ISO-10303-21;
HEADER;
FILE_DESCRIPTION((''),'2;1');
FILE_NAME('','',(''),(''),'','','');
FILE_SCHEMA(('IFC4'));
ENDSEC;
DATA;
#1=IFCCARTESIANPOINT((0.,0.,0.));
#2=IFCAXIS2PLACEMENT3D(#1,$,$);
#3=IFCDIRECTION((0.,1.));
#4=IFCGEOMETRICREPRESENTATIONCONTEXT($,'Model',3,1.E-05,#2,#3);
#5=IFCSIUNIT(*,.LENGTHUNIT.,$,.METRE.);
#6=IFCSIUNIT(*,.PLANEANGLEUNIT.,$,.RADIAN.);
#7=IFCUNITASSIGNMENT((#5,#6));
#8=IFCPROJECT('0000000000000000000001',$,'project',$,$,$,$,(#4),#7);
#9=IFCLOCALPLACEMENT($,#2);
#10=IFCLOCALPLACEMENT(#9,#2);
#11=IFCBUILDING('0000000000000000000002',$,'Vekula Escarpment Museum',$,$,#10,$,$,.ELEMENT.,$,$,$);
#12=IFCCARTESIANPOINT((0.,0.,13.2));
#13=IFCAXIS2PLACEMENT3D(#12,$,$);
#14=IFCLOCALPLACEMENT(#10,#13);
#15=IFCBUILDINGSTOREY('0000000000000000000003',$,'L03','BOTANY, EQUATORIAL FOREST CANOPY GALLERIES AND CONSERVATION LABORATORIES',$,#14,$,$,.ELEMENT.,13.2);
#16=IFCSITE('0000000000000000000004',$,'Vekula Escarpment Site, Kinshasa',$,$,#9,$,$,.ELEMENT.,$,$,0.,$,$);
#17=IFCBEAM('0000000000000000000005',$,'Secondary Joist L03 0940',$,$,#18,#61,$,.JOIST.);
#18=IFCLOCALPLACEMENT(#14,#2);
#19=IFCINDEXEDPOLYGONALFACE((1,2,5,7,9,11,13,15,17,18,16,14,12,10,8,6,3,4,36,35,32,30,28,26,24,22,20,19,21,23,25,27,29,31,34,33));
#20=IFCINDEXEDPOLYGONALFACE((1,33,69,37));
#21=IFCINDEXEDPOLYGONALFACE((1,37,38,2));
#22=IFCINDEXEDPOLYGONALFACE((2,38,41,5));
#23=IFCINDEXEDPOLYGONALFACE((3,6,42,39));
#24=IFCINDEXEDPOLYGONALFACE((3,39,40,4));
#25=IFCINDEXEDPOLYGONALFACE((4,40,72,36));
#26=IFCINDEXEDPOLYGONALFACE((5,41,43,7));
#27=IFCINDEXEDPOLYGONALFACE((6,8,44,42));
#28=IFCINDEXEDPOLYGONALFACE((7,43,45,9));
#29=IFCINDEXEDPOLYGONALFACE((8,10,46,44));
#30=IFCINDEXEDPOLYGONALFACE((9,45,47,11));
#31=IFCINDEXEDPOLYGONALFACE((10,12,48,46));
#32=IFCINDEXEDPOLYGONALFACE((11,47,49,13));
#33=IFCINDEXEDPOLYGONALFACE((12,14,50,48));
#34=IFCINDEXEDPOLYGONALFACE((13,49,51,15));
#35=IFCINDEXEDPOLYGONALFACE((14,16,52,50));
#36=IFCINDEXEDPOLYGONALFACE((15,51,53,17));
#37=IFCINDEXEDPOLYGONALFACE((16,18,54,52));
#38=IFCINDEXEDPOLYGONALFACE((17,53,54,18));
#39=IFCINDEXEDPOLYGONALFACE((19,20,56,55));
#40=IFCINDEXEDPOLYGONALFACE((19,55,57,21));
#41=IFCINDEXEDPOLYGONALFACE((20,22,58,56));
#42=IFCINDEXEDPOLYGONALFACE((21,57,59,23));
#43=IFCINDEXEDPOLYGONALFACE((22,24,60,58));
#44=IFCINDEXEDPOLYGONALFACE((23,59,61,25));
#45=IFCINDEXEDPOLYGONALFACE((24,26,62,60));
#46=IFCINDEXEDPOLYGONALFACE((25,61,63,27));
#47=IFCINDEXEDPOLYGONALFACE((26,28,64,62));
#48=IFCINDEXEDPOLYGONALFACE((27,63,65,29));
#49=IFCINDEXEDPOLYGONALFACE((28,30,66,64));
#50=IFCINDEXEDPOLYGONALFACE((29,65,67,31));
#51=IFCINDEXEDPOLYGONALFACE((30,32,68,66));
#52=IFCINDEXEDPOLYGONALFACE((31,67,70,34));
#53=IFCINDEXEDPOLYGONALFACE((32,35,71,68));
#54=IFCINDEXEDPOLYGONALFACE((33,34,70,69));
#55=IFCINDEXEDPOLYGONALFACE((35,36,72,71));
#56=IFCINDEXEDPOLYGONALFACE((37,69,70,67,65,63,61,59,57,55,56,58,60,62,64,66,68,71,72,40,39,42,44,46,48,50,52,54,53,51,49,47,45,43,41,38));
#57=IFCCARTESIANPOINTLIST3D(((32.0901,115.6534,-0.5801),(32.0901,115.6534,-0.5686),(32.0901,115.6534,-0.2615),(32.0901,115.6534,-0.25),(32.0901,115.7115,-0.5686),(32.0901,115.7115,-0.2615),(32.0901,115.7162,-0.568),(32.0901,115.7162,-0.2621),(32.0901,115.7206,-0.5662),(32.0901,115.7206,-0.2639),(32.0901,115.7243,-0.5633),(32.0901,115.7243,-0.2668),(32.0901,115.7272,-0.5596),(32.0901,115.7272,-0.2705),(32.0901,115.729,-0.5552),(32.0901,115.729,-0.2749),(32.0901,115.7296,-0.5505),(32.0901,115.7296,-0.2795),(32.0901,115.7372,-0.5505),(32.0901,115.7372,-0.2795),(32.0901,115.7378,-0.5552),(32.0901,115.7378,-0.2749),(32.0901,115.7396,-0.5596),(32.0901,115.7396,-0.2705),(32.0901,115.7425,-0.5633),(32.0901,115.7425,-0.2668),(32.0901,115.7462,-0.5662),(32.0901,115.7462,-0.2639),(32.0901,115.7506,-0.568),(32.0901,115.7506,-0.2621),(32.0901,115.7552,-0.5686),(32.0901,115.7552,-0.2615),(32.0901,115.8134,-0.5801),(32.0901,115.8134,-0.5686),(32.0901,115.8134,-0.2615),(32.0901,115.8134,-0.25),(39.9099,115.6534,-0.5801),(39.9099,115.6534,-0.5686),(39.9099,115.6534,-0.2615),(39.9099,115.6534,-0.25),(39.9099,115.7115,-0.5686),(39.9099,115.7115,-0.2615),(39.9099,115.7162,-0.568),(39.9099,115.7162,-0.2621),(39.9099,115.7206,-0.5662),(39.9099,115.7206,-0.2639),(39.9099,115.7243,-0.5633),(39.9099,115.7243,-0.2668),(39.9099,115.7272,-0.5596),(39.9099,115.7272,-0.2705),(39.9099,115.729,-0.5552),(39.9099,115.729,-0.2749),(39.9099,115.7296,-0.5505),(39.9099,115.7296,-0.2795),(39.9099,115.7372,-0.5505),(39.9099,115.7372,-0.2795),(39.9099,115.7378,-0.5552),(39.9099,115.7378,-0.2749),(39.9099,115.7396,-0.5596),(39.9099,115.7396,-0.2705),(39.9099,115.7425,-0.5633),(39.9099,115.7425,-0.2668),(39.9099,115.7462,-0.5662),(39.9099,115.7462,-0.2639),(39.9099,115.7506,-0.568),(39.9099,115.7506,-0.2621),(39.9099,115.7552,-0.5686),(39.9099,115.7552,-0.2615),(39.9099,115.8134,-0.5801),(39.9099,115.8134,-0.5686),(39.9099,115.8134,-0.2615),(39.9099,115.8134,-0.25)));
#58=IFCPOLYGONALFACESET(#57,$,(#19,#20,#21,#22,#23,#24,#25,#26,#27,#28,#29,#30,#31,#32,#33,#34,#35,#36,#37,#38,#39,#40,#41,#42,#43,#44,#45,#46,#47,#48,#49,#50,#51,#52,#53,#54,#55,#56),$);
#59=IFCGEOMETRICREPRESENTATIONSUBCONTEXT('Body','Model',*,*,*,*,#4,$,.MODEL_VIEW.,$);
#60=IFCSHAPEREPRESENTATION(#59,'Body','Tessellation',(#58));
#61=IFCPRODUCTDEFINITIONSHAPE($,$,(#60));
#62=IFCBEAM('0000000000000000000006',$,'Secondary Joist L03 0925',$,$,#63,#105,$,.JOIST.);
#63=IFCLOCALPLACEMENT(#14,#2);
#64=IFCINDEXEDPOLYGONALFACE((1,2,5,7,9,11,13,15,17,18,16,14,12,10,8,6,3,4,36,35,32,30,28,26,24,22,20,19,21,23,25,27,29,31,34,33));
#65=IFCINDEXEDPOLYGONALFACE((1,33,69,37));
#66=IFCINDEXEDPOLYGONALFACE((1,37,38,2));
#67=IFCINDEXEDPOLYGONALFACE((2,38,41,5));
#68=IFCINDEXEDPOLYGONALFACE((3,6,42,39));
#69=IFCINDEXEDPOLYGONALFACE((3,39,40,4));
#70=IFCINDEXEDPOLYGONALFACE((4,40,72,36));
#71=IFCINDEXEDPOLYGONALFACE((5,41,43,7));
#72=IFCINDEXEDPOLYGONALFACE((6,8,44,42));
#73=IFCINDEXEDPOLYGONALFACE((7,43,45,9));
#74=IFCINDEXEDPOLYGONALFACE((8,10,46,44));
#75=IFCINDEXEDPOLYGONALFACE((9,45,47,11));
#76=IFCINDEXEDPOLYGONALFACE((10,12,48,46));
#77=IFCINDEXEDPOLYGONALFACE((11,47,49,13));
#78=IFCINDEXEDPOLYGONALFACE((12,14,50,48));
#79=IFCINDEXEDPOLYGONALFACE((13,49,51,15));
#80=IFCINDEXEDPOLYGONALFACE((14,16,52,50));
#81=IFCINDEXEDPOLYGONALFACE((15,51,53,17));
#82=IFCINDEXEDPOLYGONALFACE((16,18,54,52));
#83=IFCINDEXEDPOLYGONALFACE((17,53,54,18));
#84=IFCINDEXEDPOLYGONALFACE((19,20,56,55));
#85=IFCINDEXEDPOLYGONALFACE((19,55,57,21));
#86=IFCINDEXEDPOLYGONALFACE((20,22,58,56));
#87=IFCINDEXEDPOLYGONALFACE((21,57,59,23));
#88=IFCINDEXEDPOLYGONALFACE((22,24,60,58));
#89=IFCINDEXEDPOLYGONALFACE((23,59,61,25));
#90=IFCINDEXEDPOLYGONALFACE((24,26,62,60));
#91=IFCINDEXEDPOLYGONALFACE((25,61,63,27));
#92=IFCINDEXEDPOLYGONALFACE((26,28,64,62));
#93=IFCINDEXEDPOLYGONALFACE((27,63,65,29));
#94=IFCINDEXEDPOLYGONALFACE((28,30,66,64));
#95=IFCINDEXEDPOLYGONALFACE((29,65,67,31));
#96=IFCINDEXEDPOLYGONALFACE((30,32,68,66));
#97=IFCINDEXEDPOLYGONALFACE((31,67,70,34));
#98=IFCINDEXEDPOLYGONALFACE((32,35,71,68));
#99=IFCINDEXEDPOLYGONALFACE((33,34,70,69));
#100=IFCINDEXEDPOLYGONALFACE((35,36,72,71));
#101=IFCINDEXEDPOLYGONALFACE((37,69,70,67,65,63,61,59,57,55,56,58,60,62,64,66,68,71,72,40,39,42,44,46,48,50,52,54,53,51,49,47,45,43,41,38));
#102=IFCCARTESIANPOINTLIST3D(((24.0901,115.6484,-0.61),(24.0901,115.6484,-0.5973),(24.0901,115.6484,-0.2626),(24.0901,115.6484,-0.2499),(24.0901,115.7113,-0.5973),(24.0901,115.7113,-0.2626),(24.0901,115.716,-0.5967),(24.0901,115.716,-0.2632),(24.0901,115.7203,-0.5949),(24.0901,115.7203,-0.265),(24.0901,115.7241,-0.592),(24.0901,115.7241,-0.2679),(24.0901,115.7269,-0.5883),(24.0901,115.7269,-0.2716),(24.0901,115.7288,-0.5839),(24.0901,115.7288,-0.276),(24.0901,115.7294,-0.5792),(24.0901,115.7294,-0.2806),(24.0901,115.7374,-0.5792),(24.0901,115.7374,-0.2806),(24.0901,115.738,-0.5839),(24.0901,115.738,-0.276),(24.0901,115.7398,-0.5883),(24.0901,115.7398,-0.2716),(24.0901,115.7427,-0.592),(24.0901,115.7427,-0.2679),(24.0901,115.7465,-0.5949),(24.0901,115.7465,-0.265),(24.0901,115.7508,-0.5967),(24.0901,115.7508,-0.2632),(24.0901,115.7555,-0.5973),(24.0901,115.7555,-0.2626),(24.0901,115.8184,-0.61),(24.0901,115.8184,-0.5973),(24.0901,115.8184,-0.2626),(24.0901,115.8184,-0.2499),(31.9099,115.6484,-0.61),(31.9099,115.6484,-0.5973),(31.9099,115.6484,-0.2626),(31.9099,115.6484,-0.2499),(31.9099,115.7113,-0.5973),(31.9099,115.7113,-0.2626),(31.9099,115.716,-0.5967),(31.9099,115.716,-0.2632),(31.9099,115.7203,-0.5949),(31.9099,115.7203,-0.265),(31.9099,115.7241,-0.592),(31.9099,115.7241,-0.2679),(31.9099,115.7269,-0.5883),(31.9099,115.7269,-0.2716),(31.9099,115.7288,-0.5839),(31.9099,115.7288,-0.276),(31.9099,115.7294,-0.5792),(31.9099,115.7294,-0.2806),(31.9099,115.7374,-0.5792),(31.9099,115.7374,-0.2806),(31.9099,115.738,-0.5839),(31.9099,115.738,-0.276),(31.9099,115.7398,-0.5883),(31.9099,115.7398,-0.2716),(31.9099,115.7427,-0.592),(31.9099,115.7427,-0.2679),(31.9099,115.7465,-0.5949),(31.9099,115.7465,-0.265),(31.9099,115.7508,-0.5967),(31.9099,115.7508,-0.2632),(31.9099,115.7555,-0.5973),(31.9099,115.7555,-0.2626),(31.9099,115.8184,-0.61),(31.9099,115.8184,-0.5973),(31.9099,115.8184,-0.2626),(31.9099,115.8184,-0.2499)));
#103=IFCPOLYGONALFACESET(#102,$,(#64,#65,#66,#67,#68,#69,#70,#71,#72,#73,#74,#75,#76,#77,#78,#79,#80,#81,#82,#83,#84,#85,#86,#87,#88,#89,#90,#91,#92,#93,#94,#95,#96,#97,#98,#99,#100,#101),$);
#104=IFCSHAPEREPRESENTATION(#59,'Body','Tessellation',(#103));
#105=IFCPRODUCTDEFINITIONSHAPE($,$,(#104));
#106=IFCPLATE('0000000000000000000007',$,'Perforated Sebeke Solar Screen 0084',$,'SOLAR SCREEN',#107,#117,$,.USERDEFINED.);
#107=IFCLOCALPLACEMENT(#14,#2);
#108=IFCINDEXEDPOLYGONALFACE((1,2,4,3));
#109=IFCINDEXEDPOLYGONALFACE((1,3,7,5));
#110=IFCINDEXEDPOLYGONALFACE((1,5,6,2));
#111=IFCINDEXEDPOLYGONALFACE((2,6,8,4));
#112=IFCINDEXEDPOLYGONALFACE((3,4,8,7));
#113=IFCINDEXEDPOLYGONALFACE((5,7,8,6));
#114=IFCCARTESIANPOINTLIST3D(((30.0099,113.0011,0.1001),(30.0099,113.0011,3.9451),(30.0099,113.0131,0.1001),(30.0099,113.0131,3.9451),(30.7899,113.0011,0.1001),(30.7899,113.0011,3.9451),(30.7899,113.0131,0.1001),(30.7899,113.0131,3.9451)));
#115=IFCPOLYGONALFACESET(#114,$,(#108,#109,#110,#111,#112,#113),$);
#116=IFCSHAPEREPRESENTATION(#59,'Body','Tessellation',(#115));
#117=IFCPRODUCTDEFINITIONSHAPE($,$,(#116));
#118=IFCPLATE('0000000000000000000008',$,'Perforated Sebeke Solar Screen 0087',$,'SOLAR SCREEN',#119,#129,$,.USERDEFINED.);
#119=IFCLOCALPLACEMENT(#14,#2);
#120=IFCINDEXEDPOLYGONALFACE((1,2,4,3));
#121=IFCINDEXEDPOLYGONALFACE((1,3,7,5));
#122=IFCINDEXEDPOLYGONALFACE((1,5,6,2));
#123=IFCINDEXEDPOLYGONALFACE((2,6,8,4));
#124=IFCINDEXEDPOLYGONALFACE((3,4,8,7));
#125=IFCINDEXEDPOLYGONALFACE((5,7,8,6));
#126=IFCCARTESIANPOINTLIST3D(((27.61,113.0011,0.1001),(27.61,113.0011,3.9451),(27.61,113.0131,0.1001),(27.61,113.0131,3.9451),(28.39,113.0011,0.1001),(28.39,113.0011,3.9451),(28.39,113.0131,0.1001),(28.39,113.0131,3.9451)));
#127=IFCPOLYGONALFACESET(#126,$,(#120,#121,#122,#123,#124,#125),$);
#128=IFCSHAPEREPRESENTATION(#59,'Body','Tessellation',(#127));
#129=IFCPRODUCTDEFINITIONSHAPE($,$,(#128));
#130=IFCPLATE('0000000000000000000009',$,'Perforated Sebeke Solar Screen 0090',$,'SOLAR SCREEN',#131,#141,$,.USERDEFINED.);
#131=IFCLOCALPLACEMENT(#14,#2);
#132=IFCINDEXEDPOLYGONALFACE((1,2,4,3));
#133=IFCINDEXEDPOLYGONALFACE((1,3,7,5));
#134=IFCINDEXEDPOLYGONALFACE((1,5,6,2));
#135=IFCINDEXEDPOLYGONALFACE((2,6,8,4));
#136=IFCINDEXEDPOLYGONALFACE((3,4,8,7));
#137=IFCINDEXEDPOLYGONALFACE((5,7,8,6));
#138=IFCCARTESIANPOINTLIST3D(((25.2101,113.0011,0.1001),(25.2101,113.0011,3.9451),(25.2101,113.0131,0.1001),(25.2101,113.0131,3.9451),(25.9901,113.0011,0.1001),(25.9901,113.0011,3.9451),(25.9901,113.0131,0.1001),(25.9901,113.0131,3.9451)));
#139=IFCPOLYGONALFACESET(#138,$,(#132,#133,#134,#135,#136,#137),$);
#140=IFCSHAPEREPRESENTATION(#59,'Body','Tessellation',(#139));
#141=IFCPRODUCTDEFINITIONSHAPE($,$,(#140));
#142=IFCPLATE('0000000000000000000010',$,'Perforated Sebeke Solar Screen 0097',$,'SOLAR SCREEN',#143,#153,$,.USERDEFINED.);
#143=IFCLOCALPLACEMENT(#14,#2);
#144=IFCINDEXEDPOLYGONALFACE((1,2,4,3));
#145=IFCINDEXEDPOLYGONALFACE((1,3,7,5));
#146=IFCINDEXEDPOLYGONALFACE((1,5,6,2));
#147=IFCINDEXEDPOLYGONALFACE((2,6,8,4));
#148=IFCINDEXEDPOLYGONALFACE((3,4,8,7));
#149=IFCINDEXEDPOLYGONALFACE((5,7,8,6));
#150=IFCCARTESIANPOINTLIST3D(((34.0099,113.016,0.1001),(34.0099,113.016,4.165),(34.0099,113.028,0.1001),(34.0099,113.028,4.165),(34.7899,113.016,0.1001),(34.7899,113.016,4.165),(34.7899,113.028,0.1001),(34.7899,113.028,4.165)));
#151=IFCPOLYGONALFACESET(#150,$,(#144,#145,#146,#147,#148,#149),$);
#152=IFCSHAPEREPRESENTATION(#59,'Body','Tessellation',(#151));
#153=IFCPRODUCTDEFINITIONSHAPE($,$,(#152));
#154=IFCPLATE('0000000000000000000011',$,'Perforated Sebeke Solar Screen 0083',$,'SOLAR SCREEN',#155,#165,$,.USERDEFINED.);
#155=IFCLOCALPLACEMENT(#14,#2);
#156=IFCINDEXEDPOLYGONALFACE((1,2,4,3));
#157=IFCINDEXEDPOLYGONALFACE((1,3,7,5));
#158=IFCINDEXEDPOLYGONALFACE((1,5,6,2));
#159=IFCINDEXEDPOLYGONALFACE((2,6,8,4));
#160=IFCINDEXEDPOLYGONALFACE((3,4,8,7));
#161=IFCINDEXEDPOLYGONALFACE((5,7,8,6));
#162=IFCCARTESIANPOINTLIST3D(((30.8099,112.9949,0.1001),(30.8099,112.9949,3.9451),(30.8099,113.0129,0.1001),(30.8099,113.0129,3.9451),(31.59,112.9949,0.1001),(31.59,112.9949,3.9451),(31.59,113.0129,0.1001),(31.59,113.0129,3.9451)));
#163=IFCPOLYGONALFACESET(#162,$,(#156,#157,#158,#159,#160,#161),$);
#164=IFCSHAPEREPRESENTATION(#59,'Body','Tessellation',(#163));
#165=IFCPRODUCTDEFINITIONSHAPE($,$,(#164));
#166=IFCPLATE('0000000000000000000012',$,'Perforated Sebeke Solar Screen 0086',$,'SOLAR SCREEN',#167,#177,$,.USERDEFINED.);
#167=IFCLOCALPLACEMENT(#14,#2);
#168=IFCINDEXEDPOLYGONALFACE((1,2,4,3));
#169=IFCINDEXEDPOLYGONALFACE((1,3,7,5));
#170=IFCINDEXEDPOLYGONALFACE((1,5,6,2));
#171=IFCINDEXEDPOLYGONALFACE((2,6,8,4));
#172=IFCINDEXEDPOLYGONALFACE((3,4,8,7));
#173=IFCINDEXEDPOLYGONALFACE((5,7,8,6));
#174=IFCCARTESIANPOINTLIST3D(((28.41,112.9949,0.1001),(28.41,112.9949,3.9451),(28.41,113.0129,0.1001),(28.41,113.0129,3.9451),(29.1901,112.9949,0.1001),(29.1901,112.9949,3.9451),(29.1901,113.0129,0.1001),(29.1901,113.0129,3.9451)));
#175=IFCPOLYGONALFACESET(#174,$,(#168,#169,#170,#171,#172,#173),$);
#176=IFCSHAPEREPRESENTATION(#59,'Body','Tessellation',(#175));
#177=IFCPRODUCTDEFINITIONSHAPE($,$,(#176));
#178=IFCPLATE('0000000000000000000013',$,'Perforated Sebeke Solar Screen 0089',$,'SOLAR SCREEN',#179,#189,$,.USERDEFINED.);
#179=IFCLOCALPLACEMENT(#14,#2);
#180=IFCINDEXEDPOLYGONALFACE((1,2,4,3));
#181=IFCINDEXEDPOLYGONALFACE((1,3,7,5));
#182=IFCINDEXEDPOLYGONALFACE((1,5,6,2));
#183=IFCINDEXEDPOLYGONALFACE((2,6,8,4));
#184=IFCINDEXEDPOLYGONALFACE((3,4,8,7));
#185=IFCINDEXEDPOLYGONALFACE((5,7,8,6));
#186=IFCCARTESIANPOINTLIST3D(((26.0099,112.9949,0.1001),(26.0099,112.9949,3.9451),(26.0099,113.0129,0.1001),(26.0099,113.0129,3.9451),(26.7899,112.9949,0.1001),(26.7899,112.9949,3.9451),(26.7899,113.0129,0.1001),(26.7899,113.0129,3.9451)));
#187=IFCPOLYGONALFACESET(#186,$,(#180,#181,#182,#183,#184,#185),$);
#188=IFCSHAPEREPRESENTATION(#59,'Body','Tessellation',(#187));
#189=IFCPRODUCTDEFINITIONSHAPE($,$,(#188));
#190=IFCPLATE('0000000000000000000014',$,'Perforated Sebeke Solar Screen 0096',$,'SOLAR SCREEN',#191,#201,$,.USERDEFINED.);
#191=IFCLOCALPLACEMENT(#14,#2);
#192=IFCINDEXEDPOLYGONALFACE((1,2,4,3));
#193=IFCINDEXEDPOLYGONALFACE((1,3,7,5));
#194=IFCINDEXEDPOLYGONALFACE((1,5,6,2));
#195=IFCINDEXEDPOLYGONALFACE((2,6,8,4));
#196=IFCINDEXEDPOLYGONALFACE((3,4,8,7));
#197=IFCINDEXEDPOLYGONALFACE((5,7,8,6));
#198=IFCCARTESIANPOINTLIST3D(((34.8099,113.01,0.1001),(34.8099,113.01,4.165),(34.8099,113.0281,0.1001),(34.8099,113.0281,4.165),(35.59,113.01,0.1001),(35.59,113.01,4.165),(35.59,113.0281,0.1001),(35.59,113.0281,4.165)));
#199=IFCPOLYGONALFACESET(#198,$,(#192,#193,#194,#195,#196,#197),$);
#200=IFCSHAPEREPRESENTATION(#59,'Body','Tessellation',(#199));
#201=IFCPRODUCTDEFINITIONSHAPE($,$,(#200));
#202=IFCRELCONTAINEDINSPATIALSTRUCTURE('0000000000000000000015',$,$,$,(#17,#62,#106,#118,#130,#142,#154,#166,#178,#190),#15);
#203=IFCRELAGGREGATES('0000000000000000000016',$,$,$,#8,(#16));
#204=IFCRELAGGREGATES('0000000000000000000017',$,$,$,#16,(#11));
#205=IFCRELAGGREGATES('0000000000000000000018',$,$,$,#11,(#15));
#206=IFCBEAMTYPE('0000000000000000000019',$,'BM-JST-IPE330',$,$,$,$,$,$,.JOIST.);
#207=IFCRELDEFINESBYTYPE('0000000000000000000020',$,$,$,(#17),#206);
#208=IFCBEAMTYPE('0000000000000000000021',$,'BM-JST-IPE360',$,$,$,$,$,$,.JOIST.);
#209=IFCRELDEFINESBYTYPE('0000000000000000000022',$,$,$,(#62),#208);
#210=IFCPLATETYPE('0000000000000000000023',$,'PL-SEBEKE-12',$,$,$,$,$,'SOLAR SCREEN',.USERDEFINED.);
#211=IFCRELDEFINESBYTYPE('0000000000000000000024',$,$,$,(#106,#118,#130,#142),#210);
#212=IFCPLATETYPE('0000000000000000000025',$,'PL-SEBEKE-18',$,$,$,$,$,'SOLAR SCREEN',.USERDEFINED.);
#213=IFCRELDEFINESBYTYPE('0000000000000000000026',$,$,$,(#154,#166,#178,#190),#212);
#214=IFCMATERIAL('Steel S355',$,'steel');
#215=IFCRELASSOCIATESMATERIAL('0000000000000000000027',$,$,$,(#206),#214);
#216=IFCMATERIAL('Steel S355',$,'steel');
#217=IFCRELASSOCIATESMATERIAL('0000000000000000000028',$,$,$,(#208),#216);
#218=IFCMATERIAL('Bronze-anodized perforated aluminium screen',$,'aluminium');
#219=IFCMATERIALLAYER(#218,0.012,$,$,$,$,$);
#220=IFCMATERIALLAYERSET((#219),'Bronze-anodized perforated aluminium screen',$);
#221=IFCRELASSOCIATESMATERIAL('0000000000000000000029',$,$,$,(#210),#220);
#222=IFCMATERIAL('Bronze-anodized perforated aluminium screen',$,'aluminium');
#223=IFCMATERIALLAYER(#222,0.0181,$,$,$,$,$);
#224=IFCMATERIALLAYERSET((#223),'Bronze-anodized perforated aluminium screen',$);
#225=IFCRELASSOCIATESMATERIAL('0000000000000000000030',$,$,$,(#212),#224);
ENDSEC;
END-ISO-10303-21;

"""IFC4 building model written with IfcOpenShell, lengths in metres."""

from ifc_helpers import new_model, si_unit, direction, frame, origin, origin_2d, place, context, subcontext, project, spatial, rectangle, i_section, extrude, material, layer, layer_set, material_profile, profile_set, type_object, element, save


model = new_model("IFC4")

# Units and contexts
model_context = context("Model", 3, precision=1e-05, world=origin(), true_north=direction((0.0, 1.0)))
body_context = subcontext(model_context, "Body", "Model", "MODEL_VIEW")
ifc_project = project(units=[si_unit("LENGTHUNIT", "METRE"), si_unit("PLANEANGLEUNIT", "RADIAN")], contexts=[model_context])

# Site, building, storey
site_placement = place(None, origin())
site = spatial("IfcSite", under=ifc_project, at=site_placement, Name="Vekula Escarpment Site, Kinshasa", CompositionType="ELEMENT", RefElevation=0.0)
building_placement = place(site_placement, origin())
building = spatial("IfcBuilding", under=site, at=building_placement, Name="Vekula Escarpment Museum", CompositionType="ELEMENT")
storey_placement = place(building_placement, frame((0.0, 0.0, 13.2)))
storey = spatial("IfcBuildingStorey", under=building, at=storey_placement, Name="L03", Description="BOTANY, EQUATORIAL FOREST CANOPY GALLERIES AND CONSERVATION LABORATORIES", CompositionType="ELEMENT", Elevation=13.2)

# Beams
ifc_material_1 = material(Name="Steel S355", Category="steel")
ifc_material_profile_1 = material_profile(ifc_material_1, i_section(OverallWidth=0.1599, OverallDepth=0.3301, WebThickness=0.0076, FlangeThickness=0.0115, FilletRadius=0.0181, at=origin_2d()), Name="IPE 330")
ifc_profile_set_1 = profile_set([ifc_material_profile_1], Name="Steel S355")
beam_type_1 = type_object("IfcBeamType", Name="BM-JST-IPE330", PredefinedType="JOIST", material=ifc_profile_set_1)
beam_1_placement = place(storey_placement, frame((32.0901, 115.7334, -0.415), z_axis=(1.0, 0.0, 0.0), x_axis=(0.0, 1.0, 0.0)))
element("IfcBeam", 1, at=beam_1_placement, inside=storey, type_object=beam_type_1, Name="Secondary Joist L03 0940", PredefinedType="JOIST", context=body_context, shape_type="SweptSolid", body=[
    extrude(i_section(OverallWidth=0.1599, OverallDepth=0.3301, WebThickness=0.0076, FlangeThickness=0.0115, FilletRadius=0.0181, at=origin_2d()), origin(), (0.0, 0.0, 1.0), 7.8198),
])
ifc_material_2 = material(Name="Steel S355", Category="steel")
ifc_material_profile_2 = material_profile(ifc_material_2, i_section(OverallWidth=0.1699, OverallDepth=0.3601, WebThickness=0.0081, FlangeThickness=0.0127, FilletRadius=0.0181, at=origin_2d()), Name="IPE 360")
ifc_profile_set_2 = profile_set([ifc_material_profile_2], Name="Steel S355")
beam_type_2 = type_object("IfcBeamType", Name="BM-JST-IPE360", PredefinedType="JOIST", material=ifc_profile_set_2)
beam_2_placement = place(storey_placement, frame((24.0901, 115.7334, -0.4299), z_axis=(1.0, 0.0, 0.0), x_axis=(0.0, 1.0, 0.0)))
element("IfcBeam", 2, at=beam_2_placement, inside=storey, type_object=beam_type_2, Name="Secondary Joist L03 0925", PredefinedType="JOIST", context=body_context, shape_type="SweptSolid", body=[
    extrude(i_section(OverallWidth=0.1699, OverallDepth=0.3601, WebThickness=0.0081, FlangeThickness=0.0127, FilletRadius=0.0181, at=origin_2d()), origin(), (0.0, 0.0, 1.0), 7.8198),
])

# Plates
ifc_material_3 = material(Name="Bronze-anodized perforated aluminium screen", Category="aluminium")
ifc_layer_1 = layer(ifc_material_3, 0.012)
ifc_layer_set_1 = layer_set([ifc_layer_1], Name="Bronze-anodized perforated aluminium screen")
plate_type_1 = type_object("IfcPlateType", Name="PL-SEBEKE-12", ElementType="SOLAR SCREEN", PredefinedType="USERDEFINED", material=ifc_layer_set_1)
for number, where, z_axis, x_axis, name in (
    (3, (30.3999, 113.0071, 0.1001), (0.0, 0.0, 1.0), (1.0, 0.0, 0.0), "Perforated Sebeke Solar Screen 0084"),
    (4, (28.0, 113.0071, 0.1001), (0.0, 0.0, 1.0), (1.0, 0.0, 0.0), "Perforated Sebeke Solar Screen 0087"),
    (5, (25.6001, 113.0071, 0.1001), (0.0, 0.0, 1.0), (1.0, 0.0, 0.0), "Perforated Sebeke Solar Screen 0090"),
):
    element("IfcPlate", number, at=place(storey_placement, frame(where, z_axis=z_axis, x_axis=x_axis)), inside=storey, type_object=plate_type_1, Name=name, ObjectType="SOLAR SCREEN", PredefinedType="USERDEFINED", context=body_context, shape_type="SweptSolid", body=[
        extrude(rectangle(XDim=0.78, YDim=0.012, at=origin_2d()), origin(), (0.0, 0.0, 1.0), 3.845),
    ])
plate_1_placement = place(storey_placement, frame((34.3999, 113.022, 0.1001), z_axis=(0.0, 0.0, 1.0), x_axis=(1.0, 0.0, 0.0)))
element("IfcPlate", 6, at=plate_1_placement, inside=storey, type_object=plate_type_1, Name="Perforated Sebeke Solar Screen 0097", ObjectType="SOLAR SCREEN", PredefinedType="USERDEFINED", context=body_context, shape_type="SweptSolid", body=[
    extrude(rectangle(XDim=0.78, YDim=0.012, at=origin_2d()), origin(), (0.0, 0.0, 1.0), 4.0649),
])
ifc_material_4 = material(Name="Bronze-anodized perforated aluminium screen", Category="aluminium")
ifc_layer_2 = layer(ifc_material_4, 0.0181)
ifc_layer_set_2 = layer_set([ifc_layer_2], Name="Bronze-anodized perforated aluminium screen")
plate_type_2 = type_object("IfcPlateType", Name="PL-SEBEKE-18", ElementType="SOLAR SCREEN", PredefinedType="USERDEFINED", material=ifc_layer_set_2)
for number, where, z_axis, x_axis, name in (
    (7, (31.2, 113.0039, 0.1001), (0.0, 0.0, 1.0), (1.0, 0.0, 0.0), "Perforated Sebeke Solar Screen 0083"),
    (8, (28.8, 113.0039, 0.1001), (0.0, 0.0, 1.0), (1.0, 0.0, 0.0), "Perforated Sebeke Solar Screen 0086"),
    (9, (26.3999, 113.0039, 0.1001), (0.0, 0.0, 1.0), (1.0, 0.0, 0.0), "Perforated Sebeke Solar Screen 0089"),
):
    element("IfcPlate", number, at=place(storey_placement, frame(where, z_axis=z_axis, x_axis=x_axis)), inside=storey, type_object=plate_type_2, Name=name, ObjectType="SOLAR SCREEN", PredefinedType="USERDEFINED", context=body_context, shape_type="SweptSolid", body=[
        extrude(rectangle(XDim=0.78, YDim=0.0181, at=origin_2d()), origin(), (0.0, 0.0, 1.0), 3.845),
    ])
plate_2_placement = place(storey_placement, frame((35.2, 113.019, 0.1001), z_axis=(0.0, 0.0, 1.0), x_axis=(1.0, 0.0, 0.0)))
element("IfcPlate", 10, at=plate_2_placement, inside=storey, type_object=plate_type_2, Name="Perforated Sebeke Solar Screen 0096", ObjectType="SOLAR SCREEN", PredefinedType="USERDEFINED", context=body_context, shape_type="SweptSolid", body=[
    extrude(rectangle(XDim=0.78, YDim=0.0181, at=origin_2d()), origin(), (0.0, 0.0, 1.0), 4.0649),
])

save(model, "model.ifc")
